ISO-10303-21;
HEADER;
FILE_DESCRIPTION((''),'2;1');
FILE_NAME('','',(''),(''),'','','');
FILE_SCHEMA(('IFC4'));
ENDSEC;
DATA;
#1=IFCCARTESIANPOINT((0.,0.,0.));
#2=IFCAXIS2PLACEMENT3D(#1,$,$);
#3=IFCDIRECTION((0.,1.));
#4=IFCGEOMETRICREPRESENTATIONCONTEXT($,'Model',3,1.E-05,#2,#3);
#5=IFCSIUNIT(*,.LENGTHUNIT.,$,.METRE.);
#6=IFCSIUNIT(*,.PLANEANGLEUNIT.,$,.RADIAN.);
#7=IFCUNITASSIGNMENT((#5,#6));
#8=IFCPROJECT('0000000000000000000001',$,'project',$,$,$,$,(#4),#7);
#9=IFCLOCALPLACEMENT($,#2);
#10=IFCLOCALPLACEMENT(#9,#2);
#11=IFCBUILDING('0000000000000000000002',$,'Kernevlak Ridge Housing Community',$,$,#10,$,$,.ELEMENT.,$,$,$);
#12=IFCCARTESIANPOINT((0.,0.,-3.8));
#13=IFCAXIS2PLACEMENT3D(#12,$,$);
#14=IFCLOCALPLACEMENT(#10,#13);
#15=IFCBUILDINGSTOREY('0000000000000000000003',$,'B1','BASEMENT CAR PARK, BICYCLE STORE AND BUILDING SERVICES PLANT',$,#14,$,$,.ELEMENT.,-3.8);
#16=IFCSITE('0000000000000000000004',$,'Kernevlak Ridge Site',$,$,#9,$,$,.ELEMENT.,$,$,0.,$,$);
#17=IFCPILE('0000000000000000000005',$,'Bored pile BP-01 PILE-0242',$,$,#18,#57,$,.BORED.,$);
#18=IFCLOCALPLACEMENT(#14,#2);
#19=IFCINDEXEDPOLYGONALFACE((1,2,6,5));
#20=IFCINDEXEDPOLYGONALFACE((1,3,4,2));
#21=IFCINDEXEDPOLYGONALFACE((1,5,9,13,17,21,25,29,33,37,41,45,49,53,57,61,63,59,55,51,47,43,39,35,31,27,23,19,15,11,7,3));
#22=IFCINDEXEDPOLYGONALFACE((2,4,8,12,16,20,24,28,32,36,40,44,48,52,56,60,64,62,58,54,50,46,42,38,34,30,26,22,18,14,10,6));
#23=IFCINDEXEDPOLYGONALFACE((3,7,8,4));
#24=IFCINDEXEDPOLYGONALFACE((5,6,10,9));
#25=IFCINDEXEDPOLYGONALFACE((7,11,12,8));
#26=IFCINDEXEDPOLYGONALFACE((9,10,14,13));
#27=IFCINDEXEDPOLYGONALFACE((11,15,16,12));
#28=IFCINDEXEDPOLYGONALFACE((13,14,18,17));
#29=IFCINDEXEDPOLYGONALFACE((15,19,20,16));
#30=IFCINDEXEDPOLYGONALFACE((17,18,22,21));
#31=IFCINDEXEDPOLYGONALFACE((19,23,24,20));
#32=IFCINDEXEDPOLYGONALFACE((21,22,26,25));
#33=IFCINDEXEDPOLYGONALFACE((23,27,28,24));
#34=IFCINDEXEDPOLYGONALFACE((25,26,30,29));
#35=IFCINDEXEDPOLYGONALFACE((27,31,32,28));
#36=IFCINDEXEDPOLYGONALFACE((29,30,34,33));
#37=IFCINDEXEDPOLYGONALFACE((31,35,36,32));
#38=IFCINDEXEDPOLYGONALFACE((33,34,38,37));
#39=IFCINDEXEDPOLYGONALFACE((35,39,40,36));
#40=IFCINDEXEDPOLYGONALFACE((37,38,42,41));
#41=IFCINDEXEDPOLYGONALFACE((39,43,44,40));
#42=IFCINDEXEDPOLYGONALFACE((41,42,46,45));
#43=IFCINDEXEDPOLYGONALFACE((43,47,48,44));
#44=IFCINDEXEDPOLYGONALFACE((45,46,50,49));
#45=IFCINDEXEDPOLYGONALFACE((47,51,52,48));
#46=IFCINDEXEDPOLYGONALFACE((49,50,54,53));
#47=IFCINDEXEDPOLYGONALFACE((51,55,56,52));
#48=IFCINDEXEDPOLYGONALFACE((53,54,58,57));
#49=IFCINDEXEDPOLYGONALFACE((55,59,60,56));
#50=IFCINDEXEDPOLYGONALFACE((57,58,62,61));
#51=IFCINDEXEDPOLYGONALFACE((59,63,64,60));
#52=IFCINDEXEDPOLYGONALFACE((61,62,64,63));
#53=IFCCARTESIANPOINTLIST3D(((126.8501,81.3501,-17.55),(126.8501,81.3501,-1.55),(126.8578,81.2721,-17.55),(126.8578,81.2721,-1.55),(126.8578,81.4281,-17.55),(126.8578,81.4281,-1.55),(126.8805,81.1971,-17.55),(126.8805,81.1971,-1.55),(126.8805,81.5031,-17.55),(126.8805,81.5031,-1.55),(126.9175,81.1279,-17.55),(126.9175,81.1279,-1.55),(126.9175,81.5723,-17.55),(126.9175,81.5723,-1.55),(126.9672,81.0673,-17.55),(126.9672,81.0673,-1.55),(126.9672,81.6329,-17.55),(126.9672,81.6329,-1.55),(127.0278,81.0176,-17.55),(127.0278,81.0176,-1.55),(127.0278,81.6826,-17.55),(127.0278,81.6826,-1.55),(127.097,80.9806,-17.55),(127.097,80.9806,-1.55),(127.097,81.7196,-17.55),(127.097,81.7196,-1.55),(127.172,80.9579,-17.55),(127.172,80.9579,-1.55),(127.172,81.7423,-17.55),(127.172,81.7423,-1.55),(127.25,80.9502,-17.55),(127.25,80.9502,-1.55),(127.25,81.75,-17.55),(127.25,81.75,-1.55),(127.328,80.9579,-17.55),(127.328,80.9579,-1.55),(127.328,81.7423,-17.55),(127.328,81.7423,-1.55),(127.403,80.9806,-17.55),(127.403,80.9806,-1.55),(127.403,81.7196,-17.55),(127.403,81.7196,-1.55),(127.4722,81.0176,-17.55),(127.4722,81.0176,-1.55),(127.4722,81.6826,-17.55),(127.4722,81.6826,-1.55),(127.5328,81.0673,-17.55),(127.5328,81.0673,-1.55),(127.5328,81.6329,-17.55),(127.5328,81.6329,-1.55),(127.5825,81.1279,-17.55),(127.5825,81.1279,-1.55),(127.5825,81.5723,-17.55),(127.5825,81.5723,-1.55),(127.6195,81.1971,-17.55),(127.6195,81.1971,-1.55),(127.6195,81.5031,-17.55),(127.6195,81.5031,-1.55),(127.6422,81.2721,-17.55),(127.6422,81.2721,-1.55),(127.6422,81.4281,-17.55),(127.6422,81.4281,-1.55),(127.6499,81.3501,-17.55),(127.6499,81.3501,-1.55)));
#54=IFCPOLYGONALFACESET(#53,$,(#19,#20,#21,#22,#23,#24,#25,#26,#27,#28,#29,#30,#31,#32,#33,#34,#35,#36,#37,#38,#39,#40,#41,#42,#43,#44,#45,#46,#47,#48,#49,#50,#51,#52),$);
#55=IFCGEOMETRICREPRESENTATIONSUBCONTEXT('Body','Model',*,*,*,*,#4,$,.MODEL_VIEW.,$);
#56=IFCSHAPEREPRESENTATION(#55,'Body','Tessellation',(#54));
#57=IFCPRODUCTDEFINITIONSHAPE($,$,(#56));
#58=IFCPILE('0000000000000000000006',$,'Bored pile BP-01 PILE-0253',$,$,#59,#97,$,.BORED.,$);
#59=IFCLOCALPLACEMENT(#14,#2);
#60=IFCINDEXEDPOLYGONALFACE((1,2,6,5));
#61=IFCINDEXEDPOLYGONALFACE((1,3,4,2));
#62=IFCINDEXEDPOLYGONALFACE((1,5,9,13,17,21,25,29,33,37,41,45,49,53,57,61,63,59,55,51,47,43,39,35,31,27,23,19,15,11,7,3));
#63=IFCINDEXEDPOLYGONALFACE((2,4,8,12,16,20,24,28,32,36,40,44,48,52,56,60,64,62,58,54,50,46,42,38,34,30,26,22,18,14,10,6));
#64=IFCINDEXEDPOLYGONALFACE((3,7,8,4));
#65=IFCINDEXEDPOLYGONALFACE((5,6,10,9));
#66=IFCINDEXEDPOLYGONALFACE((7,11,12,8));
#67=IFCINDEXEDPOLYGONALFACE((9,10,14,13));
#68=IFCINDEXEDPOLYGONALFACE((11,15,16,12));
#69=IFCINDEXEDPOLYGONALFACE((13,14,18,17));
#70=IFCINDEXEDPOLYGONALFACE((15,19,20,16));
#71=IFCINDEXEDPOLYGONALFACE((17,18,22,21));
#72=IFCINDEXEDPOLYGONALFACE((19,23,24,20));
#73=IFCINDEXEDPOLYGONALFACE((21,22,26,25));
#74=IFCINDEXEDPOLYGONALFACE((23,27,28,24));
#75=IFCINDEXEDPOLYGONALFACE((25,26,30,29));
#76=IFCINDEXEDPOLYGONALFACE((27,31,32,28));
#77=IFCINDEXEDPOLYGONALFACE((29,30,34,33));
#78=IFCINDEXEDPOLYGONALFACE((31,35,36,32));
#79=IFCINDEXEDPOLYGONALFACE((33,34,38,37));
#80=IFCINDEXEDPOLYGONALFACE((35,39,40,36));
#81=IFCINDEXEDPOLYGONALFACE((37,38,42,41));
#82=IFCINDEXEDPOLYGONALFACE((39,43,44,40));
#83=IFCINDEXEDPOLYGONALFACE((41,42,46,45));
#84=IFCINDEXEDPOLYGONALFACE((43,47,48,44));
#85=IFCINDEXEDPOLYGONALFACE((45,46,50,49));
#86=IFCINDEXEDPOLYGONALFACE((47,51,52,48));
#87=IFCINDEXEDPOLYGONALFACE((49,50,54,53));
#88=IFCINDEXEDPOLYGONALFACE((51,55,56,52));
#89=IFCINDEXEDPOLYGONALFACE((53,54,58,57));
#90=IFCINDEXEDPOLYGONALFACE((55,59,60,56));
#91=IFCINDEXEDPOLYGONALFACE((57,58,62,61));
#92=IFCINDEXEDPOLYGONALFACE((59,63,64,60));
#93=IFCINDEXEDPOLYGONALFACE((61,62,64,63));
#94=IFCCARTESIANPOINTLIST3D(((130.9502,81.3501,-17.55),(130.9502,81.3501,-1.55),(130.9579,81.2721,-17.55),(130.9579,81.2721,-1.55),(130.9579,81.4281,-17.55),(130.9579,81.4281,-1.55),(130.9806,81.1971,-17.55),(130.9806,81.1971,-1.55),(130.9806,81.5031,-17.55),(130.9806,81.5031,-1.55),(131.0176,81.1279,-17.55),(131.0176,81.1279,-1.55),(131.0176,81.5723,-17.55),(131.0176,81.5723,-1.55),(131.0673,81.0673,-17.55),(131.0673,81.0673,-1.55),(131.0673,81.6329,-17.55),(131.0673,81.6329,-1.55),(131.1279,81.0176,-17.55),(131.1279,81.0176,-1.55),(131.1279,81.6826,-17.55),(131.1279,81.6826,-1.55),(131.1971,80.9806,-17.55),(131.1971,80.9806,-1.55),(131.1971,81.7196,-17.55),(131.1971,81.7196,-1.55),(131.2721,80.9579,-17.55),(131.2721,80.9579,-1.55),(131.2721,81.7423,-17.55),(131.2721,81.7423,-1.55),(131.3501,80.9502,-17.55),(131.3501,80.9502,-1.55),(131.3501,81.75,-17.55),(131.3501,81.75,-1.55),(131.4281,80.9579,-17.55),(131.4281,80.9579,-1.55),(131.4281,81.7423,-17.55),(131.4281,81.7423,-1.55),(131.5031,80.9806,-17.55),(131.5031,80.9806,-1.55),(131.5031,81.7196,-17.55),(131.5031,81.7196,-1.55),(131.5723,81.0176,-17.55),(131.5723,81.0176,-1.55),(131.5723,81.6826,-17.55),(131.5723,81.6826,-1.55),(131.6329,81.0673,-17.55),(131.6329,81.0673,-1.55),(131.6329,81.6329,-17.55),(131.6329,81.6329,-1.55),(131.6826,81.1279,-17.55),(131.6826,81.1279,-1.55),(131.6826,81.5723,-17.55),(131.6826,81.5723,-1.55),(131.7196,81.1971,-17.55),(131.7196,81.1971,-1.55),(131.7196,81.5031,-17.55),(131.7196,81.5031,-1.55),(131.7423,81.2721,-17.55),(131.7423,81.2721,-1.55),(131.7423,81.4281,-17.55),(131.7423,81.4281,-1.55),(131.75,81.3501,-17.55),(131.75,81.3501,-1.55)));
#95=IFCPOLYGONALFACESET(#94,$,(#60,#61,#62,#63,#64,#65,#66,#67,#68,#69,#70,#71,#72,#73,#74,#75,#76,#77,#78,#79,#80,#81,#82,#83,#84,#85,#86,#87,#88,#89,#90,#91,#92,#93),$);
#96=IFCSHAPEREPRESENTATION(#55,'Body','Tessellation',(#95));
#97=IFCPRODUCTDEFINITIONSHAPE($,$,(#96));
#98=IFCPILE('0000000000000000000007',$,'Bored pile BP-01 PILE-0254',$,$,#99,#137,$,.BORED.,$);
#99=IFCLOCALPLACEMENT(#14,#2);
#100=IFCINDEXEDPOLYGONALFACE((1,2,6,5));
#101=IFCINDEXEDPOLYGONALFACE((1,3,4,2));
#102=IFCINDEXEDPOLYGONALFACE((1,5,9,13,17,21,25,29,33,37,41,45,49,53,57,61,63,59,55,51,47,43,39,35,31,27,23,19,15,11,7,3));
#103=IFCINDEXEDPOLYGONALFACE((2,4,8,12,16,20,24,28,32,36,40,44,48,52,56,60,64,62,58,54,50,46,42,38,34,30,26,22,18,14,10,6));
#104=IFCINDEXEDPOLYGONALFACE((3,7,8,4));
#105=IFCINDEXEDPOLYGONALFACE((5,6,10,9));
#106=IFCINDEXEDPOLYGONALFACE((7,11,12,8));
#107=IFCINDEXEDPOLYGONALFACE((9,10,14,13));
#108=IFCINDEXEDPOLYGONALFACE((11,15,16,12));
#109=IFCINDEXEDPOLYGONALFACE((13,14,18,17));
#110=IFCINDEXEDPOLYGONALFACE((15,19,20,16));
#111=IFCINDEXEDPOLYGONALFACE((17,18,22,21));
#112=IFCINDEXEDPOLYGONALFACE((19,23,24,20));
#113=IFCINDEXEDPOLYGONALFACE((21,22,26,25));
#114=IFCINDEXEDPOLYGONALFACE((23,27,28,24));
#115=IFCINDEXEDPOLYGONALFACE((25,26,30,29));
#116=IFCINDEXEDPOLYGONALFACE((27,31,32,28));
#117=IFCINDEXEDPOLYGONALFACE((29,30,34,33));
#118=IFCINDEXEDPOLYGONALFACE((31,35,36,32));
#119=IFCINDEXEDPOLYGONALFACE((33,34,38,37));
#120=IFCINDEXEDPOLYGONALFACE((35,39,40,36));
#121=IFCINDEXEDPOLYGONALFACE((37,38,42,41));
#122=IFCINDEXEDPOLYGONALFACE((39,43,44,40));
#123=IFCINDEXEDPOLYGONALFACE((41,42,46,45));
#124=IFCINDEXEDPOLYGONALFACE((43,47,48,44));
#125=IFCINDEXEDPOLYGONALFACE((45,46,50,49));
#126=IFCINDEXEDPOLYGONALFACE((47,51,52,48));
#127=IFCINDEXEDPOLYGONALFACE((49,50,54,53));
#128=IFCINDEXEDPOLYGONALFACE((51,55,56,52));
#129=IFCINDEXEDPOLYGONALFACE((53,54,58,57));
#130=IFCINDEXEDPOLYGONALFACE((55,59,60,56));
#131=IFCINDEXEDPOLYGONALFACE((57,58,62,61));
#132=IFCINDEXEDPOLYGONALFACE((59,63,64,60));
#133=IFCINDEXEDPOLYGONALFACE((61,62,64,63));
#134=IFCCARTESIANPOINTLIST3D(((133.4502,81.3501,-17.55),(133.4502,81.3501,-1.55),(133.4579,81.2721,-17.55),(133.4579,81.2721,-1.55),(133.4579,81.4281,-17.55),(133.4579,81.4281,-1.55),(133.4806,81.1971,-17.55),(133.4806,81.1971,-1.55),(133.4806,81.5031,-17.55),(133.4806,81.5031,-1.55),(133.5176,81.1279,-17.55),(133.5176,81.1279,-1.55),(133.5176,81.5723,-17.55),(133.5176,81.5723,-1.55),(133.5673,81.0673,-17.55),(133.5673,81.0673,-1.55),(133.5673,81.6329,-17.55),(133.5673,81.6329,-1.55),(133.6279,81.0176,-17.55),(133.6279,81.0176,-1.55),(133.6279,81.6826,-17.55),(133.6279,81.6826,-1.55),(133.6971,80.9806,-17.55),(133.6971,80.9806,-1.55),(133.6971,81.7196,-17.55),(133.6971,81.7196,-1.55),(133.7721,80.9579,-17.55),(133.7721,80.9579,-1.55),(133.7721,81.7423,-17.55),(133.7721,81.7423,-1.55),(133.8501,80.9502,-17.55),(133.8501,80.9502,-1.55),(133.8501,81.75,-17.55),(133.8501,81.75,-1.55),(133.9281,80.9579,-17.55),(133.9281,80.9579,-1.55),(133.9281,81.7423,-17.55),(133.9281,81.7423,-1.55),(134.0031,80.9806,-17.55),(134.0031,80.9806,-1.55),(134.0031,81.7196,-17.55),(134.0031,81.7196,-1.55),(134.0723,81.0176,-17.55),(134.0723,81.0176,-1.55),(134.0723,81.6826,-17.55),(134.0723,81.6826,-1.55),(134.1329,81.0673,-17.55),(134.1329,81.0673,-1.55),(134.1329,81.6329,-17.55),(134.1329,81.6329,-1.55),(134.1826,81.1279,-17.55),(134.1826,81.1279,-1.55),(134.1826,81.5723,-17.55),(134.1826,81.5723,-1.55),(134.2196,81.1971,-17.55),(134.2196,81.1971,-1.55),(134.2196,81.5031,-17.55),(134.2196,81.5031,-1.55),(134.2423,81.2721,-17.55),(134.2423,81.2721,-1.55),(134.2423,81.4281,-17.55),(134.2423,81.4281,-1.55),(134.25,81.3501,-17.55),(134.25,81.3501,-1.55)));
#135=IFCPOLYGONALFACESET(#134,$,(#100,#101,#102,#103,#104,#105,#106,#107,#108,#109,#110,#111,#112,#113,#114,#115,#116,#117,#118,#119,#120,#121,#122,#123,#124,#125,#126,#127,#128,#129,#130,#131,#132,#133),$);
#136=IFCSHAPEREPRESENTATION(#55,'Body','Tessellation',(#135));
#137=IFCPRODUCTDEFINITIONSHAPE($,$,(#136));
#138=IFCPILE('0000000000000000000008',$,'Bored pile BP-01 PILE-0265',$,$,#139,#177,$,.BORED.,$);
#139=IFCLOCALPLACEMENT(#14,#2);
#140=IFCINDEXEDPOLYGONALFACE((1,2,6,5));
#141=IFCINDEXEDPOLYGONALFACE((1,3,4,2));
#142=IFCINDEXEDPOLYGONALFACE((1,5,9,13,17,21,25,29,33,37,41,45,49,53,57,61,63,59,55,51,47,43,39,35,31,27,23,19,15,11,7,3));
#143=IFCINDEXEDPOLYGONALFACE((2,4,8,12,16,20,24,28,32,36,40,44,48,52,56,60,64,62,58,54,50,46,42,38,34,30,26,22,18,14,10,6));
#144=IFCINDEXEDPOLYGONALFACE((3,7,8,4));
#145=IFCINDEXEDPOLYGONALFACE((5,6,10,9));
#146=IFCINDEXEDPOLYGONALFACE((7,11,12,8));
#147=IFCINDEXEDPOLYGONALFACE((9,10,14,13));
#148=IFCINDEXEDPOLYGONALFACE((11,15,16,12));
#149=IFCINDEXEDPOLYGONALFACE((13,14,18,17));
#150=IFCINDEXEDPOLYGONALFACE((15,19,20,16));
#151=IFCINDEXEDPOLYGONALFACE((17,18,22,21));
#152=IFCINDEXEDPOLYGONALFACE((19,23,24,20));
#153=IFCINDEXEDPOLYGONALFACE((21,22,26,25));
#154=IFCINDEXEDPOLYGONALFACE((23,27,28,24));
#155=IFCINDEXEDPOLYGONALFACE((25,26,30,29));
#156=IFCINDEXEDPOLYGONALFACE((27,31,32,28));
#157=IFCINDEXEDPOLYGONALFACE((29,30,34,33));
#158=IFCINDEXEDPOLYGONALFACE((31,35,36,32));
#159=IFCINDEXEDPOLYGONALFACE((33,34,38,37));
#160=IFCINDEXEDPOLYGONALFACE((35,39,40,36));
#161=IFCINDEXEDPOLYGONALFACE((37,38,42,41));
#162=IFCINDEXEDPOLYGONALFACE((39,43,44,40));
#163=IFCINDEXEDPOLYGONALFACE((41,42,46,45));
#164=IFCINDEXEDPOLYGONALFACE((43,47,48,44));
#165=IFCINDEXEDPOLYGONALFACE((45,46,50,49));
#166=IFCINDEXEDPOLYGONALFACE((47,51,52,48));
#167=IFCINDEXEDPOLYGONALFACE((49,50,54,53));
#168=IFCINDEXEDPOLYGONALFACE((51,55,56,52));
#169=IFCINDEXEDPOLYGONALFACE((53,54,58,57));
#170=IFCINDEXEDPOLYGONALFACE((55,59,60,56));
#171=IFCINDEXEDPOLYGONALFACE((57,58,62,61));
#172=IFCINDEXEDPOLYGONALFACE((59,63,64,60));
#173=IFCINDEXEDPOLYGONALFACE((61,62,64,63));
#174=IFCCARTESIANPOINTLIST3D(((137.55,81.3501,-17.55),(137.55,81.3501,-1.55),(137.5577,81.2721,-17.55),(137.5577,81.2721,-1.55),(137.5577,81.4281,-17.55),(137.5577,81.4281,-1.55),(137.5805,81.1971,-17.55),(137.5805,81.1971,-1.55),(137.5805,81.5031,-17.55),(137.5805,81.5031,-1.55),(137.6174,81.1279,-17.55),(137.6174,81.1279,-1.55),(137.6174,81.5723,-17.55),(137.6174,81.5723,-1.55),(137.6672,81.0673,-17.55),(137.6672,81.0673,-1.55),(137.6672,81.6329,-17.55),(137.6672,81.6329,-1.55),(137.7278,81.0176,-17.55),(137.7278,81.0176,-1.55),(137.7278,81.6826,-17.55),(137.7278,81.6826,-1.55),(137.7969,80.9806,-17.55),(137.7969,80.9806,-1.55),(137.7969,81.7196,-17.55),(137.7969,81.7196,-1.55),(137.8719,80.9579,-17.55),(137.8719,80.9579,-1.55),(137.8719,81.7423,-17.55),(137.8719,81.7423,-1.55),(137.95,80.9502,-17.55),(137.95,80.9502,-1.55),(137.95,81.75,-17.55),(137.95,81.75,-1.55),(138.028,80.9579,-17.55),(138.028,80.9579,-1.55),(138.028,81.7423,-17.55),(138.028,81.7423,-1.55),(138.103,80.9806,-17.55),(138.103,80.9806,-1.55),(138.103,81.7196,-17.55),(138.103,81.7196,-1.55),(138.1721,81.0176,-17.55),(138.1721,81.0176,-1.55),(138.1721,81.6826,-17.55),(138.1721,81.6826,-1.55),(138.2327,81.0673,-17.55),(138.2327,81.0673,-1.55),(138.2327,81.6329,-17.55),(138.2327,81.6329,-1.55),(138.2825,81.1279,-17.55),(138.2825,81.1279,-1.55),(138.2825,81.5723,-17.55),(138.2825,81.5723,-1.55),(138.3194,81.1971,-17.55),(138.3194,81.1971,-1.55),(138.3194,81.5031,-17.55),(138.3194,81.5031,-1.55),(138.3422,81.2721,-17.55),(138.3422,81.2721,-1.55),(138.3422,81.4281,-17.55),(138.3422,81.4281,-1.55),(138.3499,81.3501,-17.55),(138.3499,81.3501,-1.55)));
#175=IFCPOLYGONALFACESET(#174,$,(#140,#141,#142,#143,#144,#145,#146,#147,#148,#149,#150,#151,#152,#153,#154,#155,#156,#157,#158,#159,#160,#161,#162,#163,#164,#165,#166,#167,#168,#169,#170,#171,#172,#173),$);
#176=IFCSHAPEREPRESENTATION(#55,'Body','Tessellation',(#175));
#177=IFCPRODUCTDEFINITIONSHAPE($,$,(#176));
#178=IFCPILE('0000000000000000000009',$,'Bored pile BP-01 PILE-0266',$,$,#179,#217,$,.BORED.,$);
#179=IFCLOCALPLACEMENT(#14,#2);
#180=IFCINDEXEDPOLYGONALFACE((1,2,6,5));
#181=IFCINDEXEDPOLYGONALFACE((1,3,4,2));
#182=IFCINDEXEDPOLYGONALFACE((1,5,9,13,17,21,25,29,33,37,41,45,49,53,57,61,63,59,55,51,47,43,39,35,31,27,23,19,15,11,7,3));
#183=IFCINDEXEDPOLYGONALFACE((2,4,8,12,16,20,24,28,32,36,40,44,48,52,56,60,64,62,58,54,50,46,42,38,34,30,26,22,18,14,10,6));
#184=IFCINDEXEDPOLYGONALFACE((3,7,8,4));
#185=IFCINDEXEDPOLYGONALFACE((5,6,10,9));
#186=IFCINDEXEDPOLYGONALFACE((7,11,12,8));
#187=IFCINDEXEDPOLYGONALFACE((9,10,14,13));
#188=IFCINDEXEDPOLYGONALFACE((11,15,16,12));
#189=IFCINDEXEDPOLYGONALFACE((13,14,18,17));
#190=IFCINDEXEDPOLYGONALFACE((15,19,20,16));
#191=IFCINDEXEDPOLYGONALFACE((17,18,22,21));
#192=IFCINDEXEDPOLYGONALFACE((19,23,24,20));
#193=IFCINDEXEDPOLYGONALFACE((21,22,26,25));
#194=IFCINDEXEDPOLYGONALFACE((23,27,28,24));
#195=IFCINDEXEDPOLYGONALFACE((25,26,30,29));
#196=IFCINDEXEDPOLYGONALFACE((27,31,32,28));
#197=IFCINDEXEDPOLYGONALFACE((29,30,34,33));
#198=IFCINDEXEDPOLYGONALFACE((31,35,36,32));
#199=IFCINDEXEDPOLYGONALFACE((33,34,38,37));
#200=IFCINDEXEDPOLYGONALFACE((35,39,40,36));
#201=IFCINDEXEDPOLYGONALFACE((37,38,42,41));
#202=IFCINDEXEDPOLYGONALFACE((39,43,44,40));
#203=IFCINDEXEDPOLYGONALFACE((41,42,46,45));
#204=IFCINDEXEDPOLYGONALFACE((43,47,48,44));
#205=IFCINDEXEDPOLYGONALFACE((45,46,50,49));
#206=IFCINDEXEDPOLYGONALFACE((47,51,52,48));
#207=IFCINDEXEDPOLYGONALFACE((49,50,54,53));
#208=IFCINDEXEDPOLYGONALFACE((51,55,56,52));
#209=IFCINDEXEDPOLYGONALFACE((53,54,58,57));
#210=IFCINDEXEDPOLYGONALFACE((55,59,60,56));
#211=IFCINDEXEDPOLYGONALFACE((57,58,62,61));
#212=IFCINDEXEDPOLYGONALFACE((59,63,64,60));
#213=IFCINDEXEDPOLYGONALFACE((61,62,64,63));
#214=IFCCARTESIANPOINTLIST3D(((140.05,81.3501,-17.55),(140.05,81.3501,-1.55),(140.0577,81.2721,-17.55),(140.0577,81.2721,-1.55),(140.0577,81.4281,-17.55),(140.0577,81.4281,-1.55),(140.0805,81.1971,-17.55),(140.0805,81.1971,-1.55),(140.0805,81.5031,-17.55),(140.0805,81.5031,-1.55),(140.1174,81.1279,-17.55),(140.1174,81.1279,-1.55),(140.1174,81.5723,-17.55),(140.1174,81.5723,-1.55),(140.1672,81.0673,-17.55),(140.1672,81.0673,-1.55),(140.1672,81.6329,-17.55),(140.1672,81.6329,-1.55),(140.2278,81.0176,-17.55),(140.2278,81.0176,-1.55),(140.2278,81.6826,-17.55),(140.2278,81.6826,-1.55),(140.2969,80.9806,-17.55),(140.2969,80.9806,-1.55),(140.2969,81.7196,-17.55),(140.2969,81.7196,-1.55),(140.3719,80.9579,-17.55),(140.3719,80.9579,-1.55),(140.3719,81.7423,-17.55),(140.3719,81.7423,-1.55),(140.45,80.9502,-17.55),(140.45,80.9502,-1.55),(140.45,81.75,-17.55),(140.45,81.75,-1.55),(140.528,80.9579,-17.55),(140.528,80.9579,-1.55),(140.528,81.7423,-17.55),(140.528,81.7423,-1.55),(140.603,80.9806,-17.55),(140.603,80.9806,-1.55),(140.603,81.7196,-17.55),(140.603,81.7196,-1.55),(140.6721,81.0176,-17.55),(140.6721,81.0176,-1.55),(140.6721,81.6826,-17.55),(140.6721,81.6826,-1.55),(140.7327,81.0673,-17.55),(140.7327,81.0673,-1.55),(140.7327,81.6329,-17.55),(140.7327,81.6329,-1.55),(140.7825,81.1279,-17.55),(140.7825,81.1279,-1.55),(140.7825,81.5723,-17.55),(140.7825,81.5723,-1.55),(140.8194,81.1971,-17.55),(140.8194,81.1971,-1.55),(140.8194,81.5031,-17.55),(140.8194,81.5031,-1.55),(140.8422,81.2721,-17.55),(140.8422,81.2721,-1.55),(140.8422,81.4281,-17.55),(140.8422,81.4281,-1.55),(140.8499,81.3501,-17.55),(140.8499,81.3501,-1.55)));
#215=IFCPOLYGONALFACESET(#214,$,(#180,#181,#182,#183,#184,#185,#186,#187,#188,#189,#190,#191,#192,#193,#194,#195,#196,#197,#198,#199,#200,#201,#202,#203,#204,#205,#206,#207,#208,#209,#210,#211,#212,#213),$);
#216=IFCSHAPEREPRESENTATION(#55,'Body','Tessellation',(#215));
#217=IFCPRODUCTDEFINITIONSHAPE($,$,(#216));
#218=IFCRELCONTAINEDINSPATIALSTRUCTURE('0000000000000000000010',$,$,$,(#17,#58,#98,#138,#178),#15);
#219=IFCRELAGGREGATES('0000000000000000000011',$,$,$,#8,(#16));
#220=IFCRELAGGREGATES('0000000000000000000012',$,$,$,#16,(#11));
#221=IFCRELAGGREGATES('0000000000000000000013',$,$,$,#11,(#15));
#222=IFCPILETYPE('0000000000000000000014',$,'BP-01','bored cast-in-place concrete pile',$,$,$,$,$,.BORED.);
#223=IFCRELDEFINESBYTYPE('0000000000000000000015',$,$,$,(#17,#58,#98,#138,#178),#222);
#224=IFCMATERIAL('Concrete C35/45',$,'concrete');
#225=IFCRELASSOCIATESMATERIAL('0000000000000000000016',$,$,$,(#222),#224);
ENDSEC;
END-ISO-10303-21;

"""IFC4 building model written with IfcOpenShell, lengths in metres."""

from ifc_helpers import new_model, si_unit, direction, frame, origin, origin_2d, place, context, subcontext, project, spatial, circle, extrude, material, material_profile, profile_set, type_object, element, save


model = new_model("IFC4")

# Units and contexts
model_context = context("Model", 3, precision=1e-05, world=origin(), true_north=direction((0.0, 1.0)))
body_context = subcontext(model_context, "Body", "Model", "MODEL_VIEW")
ifc_project = project(units=[si_unit("LENGTHUNIT", "METRE"), si_unit("PLANEANGLEUNIT", "RADIAN")], contexts=[model_context])

# Site, building, storey
site_placement = place(None, origin())
site = spatial("IfcSite", under=ifc_project, at=site_placement, Name="Kernevlak Ridge Site", CompositionType="ELEMENT", RefElevation=0.0)
building_placement = place(site_placement, origin())
building = spatial("IfcBuilding", under=site, at=building_placement, Name="Kernevlak Ridge Housing Community", CompositionType="ELEMENT")
storey_placement = place(building_placement, frame((0.0, 0.0, -3.8)))
storey = spatial("IfcBuildingStorey", under=building, at=storey_placement, Name="B1", Description="BASEMENT CAR PARK, BICYCLE STORE AND BUILDING SERVICES PLANT", CompositionType="ELEMENT", Elevation=-3.8)

# Piles
ifc_material_1 = material(Name="Concrete C35/45", Category="concrete")
ifc_material_profile_1 = material_profile(ifc_material_1, circle(Radius=0.3999, at=origin_2d()), Name="BORED PILE 800")
ifc_profile_set_1 = profile_set([ifc_material_profile_1], Name="Concrete C35/45")
pile_type = type_object("IfcPileType", Name="BP-01", Description="bored cast-in-place concrete pile", PredefinedType="BORED", material=ifc_profile_set_1)
for number, where, z_axis, x_axis, name in (
    (1, (127.25, 81.3501, -1.55), (0.0, 0.0, -1.0), (1.0, 0.0, 0.0), "Bored pile BP-01 PILE-0242"),
    (2, (131.3501, 81.3501, -1.55), (0.0, 0.0, -1.0), (1.0, 0.0, 0.0), "Bored pile BP-01 PILE-0253"),
    (3, (133.8501, 81.3501, -1.55), (0.0, 0.0, -1.0), (1.0, 0.0, 0.0), "Bored pile BP-01 PILE-0254"),
    (4, (137.95, 81.3501, -1.55), (0.0, 0.0, -1.0), (1.0, 0.0, 0.0), "Bored pile BP-01 PILE-0265"),
    (5, (140.45, 81.3501, -1.55), (0.0, 0.0, -1.0), (1.0, 0.0, 0.0), "Bored pile BP-01 PILE-0266"),
):
    element("IfcPile", number, at=place(storey_placement, frame(where, z_axis=z_axis, x_axis=x_axis)), inside=storey, type_object=pile_type, Name=name, PredefinedType="BORED", context=body_context, shape_type="SweptSolid", body=[
        extrude(circle(Radius=0.3999, at=origin_2d()), origin(), (0.0, 0.0, 1.0), 16.0),
    ])

save(model, "model.ifc")
